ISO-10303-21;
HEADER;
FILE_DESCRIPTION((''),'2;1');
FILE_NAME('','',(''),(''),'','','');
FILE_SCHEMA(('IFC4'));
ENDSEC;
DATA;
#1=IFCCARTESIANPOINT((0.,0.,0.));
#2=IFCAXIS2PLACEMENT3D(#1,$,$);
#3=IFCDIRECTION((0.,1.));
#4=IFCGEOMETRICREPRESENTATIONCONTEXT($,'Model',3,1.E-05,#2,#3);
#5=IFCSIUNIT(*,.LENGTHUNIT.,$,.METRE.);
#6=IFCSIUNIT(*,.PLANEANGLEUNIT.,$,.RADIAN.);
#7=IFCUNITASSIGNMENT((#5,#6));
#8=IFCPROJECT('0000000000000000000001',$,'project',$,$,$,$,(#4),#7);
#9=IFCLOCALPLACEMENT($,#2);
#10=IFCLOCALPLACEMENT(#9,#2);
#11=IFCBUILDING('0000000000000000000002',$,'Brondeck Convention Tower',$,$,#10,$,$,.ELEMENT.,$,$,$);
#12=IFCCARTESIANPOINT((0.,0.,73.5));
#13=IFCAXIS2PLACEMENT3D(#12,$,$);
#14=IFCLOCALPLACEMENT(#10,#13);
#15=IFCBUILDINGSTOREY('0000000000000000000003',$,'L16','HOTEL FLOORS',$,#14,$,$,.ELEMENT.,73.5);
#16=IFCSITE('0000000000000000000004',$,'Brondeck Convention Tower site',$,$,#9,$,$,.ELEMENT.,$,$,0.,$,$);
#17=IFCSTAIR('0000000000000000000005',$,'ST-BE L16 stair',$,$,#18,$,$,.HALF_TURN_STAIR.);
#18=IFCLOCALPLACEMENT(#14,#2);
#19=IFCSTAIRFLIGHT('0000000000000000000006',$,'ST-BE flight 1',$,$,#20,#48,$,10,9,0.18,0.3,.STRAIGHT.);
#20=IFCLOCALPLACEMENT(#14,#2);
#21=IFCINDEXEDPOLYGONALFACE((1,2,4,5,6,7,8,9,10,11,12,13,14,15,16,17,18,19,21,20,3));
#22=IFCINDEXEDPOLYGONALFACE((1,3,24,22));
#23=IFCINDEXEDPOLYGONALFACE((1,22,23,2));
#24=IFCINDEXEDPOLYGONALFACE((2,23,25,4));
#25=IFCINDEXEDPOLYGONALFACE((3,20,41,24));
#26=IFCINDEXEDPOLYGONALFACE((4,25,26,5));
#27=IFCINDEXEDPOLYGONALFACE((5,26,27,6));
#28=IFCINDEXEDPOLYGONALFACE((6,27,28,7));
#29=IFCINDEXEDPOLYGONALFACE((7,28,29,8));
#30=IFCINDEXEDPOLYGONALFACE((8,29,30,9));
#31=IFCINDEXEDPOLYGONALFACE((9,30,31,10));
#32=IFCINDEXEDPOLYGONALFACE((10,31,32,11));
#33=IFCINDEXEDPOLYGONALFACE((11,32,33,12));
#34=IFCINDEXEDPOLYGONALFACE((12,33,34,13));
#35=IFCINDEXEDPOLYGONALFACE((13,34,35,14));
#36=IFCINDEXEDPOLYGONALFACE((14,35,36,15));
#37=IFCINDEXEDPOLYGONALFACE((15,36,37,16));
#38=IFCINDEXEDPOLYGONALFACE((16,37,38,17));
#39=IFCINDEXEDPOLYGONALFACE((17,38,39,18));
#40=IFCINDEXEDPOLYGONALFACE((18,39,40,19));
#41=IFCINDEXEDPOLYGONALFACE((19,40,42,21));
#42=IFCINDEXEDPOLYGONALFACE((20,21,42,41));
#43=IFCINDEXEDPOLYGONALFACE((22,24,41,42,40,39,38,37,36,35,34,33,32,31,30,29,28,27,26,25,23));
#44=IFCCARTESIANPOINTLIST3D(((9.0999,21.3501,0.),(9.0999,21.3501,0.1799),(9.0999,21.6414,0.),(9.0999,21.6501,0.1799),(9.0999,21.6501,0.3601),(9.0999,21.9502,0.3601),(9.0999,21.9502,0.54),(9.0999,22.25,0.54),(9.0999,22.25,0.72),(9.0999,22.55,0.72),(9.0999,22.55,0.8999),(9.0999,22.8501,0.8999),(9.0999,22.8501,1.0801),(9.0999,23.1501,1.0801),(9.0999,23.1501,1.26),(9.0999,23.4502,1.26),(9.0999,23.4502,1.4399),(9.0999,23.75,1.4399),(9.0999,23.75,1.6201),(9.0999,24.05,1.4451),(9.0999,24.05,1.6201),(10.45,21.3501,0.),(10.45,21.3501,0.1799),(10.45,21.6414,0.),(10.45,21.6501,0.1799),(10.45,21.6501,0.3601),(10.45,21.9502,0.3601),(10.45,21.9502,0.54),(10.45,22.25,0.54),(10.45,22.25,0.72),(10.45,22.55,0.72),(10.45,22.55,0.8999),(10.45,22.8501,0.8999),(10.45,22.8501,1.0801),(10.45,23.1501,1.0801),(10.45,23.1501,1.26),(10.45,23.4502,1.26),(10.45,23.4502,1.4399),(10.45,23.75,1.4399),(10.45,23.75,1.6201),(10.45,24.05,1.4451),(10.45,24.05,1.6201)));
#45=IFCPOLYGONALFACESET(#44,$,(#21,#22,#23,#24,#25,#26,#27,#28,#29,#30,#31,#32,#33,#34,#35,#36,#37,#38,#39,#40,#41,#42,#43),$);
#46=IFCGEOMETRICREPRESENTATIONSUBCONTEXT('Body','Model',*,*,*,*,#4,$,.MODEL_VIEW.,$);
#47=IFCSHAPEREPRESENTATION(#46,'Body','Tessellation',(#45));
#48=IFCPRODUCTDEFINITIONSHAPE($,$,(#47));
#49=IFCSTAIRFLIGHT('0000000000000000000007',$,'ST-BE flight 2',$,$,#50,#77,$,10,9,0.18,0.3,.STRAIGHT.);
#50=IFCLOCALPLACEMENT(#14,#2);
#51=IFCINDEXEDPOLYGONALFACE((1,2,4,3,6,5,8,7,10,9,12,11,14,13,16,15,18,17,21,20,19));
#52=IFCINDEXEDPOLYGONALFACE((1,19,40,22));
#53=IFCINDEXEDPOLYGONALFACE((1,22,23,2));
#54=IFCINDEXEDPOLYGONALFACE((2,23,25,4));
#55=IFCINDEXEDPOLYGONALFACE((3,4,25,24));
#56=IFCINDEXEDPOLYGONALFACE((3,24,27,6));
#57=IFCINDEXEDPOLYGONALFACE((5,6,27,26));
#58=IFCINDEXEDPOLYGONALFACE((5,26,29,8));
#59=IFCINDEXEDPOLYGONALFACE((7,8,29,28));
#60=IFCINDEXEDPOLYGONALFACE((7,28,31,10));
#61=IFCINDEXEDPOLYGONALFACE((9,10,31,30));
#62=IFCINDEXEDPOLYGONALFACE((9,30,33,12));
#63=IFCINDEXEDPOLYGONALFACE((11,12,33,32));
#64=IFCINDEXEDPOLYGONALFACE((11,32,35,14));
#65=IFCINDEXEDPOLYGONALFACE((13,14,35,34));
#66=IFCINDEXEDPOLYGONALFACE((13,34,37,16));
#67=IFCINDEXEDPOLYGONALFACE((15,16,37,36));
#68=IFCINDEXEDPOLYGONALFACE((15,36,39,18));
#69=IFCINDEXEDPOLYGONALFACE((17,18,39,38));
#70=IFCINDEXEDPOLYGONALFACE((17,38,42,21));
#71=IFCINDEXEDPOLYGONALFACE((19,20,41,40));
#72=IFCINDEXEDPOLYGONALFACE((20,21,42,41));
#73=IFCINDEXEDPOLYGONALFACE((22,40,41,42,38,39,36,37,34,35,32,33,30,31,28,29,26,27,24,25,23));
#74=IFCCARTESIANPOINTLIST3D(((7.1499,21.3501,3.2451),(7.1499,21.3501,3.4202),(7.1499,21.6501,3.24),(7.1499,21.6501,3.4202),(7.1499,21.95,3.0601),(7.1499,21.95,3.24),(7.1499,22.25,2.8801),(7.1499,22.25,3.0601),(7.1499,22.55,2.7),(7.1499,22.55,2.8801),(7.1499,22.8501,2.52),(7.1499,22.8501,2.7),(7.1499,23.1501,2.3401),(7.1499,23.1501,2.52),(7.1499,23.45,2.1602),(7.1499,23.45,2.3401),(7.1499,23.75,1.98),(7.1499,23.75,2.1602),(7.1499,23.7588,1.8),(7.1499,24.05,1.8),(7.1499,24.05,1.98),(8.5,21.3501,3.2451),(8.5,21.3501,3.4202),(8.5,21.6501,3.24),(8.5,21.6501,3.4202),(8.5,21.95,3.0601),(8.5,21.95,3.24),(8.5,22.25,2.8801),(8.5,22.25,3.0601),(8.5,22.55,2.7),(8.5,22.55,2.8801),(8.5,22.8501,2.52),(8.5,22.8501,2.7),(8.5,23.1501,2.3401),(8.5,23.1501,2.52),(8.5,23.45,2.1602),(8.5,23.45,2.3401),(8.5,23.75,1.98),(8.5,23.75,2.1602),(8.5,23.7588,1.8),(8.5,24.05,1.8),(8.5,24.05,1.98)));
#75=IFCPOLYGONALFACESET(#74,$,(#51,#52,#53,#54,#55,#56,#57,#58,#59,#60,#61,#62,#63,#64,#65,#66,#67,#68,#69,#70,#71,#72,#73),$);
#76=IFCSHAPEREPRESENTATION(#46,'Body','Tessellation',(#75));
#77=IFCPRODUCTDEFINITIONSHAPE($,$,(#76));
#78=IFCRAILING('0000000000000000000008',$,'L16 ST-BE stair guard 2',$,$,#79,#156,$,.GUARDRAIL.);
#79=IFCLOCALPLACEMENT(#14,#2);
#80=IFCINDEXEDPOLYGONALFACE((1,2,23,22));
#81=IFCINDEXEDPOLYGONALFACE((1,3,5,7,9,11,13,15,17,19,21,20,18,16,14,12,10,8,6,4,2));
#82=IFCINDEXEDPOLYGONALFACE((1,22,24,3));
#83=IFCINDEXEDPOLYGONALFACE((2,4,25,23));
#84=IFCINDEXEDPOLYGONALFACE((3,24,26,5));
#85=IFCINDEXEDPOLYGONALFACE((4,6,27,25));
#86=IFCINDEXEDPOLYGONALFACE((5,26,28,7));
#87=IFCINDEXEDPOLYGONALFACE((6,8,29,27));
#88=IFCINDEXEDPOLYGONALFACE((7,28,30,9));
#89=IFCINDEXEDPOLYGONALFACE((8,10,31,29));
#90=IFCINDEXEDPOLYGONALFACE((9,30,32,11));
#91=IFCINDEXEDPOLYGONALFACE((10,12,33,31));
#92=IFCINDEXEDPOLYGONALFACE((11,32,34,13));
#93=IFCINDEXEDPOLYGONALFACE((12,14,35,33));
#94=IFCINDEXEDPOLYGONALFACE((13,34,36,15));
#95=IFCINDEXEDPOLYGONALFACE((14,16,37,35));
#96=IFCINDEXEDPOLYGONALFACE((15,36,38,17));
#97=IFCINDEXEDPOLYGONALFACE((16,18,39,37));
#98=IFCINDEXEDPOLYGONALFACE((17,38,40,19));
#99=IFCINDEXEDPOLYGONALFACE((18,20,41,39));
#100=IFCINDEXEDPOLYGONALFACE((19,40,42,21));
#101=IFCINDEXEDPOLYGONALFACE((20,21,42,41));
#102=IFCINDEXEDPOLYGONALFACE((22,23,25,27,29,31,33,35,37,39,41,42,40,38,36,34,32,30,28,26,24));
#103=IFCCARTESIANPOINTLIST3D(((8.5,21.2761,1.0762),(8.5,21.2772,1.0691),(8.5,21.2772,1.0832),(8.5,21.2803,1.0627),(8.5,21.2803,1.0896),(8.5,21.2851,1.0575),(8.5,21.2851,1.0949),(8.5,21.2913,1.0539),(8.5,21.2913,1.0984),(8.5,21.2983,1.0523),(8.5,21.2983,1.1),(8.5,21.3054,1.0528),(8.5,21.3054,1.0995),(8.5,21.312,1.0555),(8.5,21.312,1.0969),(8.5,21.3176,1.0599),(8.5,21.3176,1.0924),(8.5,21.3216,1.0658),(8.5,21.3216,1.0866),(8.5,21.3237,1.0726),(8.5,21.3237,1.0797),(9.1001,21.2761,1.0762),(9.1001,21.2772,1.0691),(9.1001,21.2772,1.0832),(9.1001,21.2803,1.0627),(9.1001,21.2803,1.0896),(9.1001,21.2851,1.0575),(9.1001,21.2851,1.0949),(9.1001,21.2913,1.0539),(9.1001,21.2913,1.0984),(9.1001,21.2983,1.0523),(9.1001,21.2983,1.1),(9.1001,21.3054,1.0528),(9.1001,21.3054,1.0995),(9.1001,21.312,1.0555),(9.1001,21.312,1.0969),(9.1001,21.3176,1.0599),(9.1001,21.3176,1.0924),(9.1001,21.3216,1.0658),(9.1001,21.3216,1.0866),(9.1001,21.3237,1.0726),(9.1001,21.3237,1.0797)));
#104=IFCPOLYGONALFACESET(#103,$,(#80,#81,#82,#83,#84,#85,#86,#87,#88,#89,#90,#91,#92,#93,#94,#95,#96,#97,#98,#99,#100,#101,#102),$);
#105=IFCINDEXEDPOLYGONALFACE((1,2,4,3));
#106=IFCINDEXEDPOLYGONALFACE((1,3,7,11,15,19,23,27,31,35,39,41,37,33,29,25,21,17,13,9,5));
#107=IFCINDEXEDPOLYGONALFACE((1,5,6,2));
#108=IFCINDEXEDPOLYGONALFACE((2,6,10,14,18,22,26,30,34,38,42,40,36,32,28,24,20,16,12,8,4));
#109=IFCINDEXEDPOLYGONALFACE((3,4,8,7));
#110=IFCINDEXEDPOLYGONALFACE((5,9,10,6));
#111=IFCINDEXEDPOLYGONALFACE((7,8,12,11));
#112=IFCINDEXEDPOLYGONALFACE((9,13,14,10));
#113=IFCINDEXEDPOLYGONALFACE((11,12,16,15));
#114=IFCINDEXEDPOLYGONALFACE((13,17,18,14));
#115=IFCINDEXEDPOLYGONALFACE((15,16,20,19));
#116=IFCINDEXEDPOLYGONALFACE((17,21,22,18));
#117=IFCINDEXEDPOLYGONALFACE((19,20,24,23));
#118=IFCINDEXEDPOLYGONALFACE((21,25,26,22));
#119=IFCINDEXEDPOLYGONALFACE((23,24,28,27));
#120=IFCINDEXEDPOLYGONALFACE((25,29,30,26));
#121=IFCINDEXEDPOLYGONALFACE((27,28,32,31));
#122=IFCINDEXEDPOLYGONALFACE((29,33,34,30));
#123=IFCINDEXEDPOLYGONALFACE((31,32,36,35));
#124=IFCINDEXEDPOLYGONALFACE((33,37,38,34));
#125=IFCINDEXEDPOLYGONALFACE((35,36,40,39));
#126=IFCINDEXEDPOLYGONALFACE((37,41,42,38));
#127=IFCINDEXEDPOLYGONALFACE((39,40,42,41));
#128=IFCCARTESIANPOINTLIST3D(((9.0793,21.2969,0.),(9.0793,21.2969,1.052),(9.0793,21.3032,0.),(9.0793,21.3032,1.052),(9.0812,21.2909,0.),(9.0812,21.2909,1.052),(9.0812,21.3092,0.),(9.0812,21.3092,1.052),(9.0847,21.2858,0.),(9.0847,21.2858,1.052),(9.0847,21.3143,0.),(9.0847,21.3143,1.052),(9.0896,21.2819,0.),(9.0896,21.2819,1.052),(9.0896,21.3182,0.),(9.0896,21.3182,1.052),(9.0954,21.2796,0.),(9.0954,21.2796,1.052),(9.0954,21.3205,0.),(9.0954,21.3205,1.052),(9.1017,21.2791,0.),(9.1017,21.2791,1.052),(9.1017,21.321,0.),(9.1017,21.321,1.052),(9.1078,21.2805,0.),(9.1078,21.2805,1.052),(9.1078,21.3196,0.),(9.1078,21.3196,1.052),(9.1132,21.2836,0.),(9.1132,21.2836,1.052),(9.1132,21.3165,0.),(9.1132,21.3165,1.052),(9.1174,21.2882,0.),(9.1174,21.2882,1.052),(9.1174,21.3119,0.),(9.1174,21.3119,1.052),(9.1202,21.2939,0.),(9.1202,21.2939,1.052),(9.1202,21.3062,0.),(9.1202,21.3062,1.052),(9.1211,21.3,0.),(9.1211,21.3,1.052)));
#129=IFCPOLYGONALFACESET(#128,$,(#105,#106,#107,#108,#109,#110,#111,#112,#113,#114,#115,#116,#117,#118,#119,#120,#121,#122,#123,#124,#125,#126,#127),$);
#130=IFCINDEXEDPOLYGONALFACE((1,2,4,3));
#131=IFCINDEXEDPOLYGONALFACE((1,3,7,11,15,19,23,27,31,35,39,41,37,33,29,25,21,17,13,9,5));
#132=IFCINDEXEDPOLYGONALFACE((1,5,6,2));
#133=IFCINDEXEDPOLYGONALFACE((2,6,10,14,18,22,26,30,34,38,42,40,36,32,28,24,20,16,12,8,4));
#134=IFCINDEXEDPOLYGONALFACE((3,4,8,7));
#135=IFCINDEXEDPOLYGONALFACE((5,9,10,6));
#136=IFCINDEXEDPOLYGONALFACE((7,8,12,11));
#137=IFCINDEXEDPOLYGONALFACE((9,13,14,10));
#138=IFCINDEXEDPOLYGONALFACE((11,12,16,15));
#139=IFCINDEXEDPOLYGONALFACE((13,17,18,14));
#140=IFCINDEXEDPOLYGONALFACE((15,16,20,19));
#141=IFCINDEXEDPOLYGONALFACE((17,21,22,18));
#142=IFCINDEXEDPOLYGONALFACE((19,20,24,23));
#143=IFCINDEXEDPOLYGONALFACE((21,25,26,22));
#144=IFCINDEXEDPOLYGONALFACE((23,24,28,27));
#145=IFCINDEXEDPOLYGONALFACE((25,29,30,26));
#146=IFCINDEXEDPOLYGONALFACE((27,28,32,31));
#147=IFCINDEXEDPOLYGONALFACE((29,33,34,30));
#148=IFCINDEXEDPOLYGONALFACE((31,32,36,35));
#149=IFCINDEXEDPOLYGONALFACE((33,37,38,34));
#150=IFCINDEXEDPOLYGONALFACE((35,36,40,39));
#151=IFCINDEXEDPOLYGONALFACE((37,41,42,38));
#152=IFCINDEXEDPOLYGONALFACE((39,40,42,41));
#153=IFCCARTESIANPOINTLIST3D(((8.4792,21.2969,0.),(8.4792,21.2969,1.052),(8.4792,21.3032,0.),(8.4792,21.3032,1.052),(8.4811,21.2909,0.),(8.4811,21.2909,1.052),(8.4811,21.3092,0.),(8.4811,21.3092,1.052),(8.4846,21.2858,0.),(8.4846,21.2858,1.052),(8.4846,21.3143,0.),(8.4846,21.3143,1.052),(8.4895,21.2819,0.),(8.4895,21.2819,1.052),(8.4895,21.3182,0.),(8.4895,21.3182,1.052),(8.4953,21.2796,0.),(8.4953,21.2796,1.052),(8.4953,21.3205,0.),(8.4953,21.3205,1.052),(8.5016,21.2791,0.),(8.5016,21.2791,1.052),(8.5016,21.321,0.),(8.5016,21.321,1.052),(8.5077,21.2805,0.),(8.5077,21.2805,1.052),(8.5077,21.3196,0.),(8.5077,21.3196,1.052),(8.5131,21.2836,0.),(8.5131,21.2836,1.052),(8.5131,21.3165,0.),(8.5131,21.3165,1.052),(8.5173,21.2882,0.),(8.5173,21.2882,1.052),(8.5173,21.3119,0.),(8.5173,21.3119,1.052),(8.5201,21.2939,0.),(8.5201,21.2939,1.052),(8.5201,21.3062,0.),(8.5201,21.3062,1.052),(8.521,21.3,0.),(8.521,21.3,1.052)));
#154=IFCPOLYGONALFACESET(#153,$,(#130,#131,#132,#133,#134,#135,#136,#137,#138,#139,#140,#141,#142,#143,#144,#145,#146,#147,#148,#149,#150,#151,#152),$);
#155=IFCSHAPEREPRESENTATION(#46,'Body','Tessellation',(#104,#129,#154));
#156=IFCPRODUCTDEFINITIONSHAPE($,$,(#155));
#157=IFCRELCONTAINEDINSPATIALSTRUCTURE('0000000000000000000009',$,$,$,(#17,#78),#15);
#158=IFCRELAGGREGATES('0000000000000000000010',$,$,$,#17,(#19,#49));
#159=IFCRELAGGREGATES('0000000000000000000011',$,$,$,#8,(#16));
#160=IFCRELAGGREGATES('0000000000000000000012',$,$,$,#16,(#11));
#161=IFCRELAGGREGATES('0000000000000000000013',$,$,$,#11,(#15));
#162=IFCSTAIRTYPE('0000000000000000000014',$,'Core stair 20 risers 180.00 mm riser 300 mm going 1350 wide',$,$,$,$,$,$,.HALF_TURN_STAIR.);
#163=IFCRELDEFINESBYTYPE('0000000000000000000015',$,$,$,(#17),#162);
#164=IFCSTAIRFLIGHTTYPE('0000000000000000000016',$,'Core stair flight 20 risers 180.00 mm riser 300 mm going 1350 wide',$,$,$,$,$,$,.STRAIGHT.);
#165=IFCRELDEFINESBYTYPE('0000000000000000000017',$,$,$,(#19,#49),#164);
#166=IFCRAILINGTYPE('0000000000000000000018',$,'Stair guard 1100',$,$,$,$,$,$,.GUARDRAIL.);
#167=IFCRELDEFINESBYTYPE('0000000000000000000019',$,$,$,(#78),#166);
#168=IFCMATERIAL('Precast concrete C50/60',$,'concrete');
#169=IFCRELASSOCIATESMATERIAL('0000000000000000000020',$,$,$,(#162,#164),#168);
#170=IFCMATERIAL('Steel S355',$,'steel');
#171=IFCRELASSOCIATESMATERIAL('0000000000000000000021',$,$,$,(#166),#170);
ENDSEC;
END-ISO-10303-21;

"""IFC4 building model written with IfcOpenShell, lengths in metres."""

from ifc_helpers import new_model, si_unit, direction, frame, origin, origin_2d, place, context, subcontext, project, spatial, polyline, circle, outline, extrude, material, type_object, element, aggregate, save


model = new_model("IFC4")

# Units and contexts
model_context = context("Model", 3, precision=1e-05, world=origin(), true_north=direction((0.0, 1.0)))
body_context = subcontext(model_context, "Body", "Model", "MODEL_VIEW")
ifc_project = project(units=[si_unit("LENGTHUNIT", "METRE"), si_unit("PLANEANGLEUNIT", "RADIAN")], contexts=[model_context])

# Site, building, storey
site_placement = place(None, origin())
site = spatial("IfcSite", under=ifc_project, at=site_placement, Name="Brondeck Convention Tower site", CompositionType="ELEMENT", RefElevation=0.0)
building_placement = place(site_placement, origin())
building = spatial("IfcBuilding", under=site, at=building_placement, Name="Brondeck Convention Tower", CompositionType="ELEMENT")
storey_placement = place(building_placement, frame((0.0, 0.0, 73.5)))
storey = spatial("IfcBuildingStorey", under=building, at=storey_placement, Name="L16", Description="HOTEL FLOORS", CompositionType="ELEMENT", Elevation=73.5)

# Shared definitions
ifc_material_1 = material(Name="Steel S355", Category="steel")

# Stair, stair flights
ifc_material_2 = material(Name="Precast concrete C50/60", Category="concrete")
stair_type = type_object("IfcStairType", Name="Core stair 20 risers 180.00 mm riser 300 mm going 1350 wide", PredefinedType="HALF_TURN_STAIR", material=ifc_material_2)
stair_placement = place(storey_placement, origin())
stair = element("IfcStair", 1, at=stair_placement, inside=storey, type_object=stair_type, Name="ST-BE L16 stair", PredefinedType="HALF_TURN_STAIR")
stair_flight_type = type_object("IfcStairFlightType", Name="Core stair flight 20 risers 180.00 mm riser 300 mm going 1350 wide", PredefinedType="STRAIGHT", material=ifc_material_2)
stair_flight_1_placement = place(storey_placement, frame((9.7749, 21.3501, 0.0), z_axis=(0.0, 0.0, 1.0), x_axis=(0.0, 1.0, 0.0)))
stair_flight_1 = element("IfcStairFlight", 2, at=stair_flight_1_placement, type_object=stair_flight_type, Name="ST-BE flight 1", NumberOfRisers=10, NumberOfTreads=9, PredefinedType="STRAIGHT", RiserHeight=0.18, TreadLength=0.3, context=body_context, shape_type="SweptSolid", body=[
    extrude(outline(polyline([(0.0, 0.0), (0.0, 0.1799), (0.3, 0.1799), (0.3, 0.3601), (0.6001, 0.3601), (0.6001, 0.54), (0.8999, 0.54), (0.8999, 0.72), (1.2, 0.72), (1.2, 0.8999), (1.5, 0.8999), (1.5, 1.0801), (1.8, 1.0801), (1.8, 1.26), (2.1001, 1.26), (2.1001, 1.4399), (2.3999, 1.4399), (2.3999, 1.6201), (2.7, 1.6201), (2.7, 1.8), (2.7, 1.4451), (0.2913, 0.0), (0.0, 0.0)])), frame((0.0, 0.675, 0.0), z_axis=(0.0, -1.0, 0.0), x_axis=(1.0, 0.0, 0.0)), (0.0, 0.0, 1.0), 1.3501),
])
stair_flight_2_placement = place(storey_placement, frame((7.825, 24.05, 1.8), z_axis=(0.0, 0.0, 1.0), x_axis=(0.0, -1.0, 0.0)))
stair_flight_2 = element("IfcStairFlight", 3, at=stair_flight_2_placement, type_object=stair_flight_type, Name="ST-BE flight 2", NumberOfRisers=10, NumberOfTreads=9, PredefinedType="STRAIGHT", RiserHeight=0.18, TreadLength=0.3, context=body_context, shape_type="SweptSolid", body=[
    extrude(outline(polyline([(0.0, 0.0), (0.0, 0.1799), (0.3, 0.1799), (0.3, 0.3601), (0.6001, 0.3601), (0.6001, 0.54), (0.8999, 0.54), (0.8999, 0.72), (1.2, 0.72), (1.2, 0.8999), (1.5, 0.8999), (1.5, 1.0801), (1.8, 1.0801), (1.8, 1.26), (2.1001, 1.26), (2.1001, 1.4399), (2.3999, 1.4399), (2.3999, 1.6201), (2.7, 1.6201), (2.7, 1.8), (2.7, 1.4451), (0.2913, 0.0), (0.0, 0.0)])), frame((0.0, 0.675, 0.0), z_axis=(0.0, -1.0, 0.0), x_axis=(1.0, 0.0, 0.0)), (0.0, 0.0, 1.0), 1.3501),
])
aggregate(stair, [stair_flight_1, stair_flight_2])

# Railing
railing_type_1 = type_object("IfcRailingType", Name="Stair guard 1100", PredefinedType="GUARDRAIL", material=ifc_material_1)
railing_1_placement = place(storey_placement, frame((9.1001, 21.3, 0.0)))
element("IfcRailing", 4, at=railing_1_placement, inside=storey, type_object=railing_type_1, Name="L16 ST-BE stair guard 2", PredefinedType="GUARDRAIL", context=body_context, shape_type="SweptSolid", body=[
    extrude(circle(Radius=0.0239, at=origin_2d()), frame((0.0, 0.0, 1.0762), z_axis=(-1.0, 0.0, 0.0), x_axis=(0.0, -1.0, 0.0)), (0.0, 0.0, 1.0), 0.6001),
    extrude(circle(Radius=0.021, at=origin_2d()), origin(), (0.0, 0.0, 1.0), 1.052),
    extrude(circle(Radius=0.021, at=origin_2d()), frame((-0.6001, 0.0, 0.0)), (0.0, 0.0, 1.0), 1.052),
])

save(model, "model.ifc")
